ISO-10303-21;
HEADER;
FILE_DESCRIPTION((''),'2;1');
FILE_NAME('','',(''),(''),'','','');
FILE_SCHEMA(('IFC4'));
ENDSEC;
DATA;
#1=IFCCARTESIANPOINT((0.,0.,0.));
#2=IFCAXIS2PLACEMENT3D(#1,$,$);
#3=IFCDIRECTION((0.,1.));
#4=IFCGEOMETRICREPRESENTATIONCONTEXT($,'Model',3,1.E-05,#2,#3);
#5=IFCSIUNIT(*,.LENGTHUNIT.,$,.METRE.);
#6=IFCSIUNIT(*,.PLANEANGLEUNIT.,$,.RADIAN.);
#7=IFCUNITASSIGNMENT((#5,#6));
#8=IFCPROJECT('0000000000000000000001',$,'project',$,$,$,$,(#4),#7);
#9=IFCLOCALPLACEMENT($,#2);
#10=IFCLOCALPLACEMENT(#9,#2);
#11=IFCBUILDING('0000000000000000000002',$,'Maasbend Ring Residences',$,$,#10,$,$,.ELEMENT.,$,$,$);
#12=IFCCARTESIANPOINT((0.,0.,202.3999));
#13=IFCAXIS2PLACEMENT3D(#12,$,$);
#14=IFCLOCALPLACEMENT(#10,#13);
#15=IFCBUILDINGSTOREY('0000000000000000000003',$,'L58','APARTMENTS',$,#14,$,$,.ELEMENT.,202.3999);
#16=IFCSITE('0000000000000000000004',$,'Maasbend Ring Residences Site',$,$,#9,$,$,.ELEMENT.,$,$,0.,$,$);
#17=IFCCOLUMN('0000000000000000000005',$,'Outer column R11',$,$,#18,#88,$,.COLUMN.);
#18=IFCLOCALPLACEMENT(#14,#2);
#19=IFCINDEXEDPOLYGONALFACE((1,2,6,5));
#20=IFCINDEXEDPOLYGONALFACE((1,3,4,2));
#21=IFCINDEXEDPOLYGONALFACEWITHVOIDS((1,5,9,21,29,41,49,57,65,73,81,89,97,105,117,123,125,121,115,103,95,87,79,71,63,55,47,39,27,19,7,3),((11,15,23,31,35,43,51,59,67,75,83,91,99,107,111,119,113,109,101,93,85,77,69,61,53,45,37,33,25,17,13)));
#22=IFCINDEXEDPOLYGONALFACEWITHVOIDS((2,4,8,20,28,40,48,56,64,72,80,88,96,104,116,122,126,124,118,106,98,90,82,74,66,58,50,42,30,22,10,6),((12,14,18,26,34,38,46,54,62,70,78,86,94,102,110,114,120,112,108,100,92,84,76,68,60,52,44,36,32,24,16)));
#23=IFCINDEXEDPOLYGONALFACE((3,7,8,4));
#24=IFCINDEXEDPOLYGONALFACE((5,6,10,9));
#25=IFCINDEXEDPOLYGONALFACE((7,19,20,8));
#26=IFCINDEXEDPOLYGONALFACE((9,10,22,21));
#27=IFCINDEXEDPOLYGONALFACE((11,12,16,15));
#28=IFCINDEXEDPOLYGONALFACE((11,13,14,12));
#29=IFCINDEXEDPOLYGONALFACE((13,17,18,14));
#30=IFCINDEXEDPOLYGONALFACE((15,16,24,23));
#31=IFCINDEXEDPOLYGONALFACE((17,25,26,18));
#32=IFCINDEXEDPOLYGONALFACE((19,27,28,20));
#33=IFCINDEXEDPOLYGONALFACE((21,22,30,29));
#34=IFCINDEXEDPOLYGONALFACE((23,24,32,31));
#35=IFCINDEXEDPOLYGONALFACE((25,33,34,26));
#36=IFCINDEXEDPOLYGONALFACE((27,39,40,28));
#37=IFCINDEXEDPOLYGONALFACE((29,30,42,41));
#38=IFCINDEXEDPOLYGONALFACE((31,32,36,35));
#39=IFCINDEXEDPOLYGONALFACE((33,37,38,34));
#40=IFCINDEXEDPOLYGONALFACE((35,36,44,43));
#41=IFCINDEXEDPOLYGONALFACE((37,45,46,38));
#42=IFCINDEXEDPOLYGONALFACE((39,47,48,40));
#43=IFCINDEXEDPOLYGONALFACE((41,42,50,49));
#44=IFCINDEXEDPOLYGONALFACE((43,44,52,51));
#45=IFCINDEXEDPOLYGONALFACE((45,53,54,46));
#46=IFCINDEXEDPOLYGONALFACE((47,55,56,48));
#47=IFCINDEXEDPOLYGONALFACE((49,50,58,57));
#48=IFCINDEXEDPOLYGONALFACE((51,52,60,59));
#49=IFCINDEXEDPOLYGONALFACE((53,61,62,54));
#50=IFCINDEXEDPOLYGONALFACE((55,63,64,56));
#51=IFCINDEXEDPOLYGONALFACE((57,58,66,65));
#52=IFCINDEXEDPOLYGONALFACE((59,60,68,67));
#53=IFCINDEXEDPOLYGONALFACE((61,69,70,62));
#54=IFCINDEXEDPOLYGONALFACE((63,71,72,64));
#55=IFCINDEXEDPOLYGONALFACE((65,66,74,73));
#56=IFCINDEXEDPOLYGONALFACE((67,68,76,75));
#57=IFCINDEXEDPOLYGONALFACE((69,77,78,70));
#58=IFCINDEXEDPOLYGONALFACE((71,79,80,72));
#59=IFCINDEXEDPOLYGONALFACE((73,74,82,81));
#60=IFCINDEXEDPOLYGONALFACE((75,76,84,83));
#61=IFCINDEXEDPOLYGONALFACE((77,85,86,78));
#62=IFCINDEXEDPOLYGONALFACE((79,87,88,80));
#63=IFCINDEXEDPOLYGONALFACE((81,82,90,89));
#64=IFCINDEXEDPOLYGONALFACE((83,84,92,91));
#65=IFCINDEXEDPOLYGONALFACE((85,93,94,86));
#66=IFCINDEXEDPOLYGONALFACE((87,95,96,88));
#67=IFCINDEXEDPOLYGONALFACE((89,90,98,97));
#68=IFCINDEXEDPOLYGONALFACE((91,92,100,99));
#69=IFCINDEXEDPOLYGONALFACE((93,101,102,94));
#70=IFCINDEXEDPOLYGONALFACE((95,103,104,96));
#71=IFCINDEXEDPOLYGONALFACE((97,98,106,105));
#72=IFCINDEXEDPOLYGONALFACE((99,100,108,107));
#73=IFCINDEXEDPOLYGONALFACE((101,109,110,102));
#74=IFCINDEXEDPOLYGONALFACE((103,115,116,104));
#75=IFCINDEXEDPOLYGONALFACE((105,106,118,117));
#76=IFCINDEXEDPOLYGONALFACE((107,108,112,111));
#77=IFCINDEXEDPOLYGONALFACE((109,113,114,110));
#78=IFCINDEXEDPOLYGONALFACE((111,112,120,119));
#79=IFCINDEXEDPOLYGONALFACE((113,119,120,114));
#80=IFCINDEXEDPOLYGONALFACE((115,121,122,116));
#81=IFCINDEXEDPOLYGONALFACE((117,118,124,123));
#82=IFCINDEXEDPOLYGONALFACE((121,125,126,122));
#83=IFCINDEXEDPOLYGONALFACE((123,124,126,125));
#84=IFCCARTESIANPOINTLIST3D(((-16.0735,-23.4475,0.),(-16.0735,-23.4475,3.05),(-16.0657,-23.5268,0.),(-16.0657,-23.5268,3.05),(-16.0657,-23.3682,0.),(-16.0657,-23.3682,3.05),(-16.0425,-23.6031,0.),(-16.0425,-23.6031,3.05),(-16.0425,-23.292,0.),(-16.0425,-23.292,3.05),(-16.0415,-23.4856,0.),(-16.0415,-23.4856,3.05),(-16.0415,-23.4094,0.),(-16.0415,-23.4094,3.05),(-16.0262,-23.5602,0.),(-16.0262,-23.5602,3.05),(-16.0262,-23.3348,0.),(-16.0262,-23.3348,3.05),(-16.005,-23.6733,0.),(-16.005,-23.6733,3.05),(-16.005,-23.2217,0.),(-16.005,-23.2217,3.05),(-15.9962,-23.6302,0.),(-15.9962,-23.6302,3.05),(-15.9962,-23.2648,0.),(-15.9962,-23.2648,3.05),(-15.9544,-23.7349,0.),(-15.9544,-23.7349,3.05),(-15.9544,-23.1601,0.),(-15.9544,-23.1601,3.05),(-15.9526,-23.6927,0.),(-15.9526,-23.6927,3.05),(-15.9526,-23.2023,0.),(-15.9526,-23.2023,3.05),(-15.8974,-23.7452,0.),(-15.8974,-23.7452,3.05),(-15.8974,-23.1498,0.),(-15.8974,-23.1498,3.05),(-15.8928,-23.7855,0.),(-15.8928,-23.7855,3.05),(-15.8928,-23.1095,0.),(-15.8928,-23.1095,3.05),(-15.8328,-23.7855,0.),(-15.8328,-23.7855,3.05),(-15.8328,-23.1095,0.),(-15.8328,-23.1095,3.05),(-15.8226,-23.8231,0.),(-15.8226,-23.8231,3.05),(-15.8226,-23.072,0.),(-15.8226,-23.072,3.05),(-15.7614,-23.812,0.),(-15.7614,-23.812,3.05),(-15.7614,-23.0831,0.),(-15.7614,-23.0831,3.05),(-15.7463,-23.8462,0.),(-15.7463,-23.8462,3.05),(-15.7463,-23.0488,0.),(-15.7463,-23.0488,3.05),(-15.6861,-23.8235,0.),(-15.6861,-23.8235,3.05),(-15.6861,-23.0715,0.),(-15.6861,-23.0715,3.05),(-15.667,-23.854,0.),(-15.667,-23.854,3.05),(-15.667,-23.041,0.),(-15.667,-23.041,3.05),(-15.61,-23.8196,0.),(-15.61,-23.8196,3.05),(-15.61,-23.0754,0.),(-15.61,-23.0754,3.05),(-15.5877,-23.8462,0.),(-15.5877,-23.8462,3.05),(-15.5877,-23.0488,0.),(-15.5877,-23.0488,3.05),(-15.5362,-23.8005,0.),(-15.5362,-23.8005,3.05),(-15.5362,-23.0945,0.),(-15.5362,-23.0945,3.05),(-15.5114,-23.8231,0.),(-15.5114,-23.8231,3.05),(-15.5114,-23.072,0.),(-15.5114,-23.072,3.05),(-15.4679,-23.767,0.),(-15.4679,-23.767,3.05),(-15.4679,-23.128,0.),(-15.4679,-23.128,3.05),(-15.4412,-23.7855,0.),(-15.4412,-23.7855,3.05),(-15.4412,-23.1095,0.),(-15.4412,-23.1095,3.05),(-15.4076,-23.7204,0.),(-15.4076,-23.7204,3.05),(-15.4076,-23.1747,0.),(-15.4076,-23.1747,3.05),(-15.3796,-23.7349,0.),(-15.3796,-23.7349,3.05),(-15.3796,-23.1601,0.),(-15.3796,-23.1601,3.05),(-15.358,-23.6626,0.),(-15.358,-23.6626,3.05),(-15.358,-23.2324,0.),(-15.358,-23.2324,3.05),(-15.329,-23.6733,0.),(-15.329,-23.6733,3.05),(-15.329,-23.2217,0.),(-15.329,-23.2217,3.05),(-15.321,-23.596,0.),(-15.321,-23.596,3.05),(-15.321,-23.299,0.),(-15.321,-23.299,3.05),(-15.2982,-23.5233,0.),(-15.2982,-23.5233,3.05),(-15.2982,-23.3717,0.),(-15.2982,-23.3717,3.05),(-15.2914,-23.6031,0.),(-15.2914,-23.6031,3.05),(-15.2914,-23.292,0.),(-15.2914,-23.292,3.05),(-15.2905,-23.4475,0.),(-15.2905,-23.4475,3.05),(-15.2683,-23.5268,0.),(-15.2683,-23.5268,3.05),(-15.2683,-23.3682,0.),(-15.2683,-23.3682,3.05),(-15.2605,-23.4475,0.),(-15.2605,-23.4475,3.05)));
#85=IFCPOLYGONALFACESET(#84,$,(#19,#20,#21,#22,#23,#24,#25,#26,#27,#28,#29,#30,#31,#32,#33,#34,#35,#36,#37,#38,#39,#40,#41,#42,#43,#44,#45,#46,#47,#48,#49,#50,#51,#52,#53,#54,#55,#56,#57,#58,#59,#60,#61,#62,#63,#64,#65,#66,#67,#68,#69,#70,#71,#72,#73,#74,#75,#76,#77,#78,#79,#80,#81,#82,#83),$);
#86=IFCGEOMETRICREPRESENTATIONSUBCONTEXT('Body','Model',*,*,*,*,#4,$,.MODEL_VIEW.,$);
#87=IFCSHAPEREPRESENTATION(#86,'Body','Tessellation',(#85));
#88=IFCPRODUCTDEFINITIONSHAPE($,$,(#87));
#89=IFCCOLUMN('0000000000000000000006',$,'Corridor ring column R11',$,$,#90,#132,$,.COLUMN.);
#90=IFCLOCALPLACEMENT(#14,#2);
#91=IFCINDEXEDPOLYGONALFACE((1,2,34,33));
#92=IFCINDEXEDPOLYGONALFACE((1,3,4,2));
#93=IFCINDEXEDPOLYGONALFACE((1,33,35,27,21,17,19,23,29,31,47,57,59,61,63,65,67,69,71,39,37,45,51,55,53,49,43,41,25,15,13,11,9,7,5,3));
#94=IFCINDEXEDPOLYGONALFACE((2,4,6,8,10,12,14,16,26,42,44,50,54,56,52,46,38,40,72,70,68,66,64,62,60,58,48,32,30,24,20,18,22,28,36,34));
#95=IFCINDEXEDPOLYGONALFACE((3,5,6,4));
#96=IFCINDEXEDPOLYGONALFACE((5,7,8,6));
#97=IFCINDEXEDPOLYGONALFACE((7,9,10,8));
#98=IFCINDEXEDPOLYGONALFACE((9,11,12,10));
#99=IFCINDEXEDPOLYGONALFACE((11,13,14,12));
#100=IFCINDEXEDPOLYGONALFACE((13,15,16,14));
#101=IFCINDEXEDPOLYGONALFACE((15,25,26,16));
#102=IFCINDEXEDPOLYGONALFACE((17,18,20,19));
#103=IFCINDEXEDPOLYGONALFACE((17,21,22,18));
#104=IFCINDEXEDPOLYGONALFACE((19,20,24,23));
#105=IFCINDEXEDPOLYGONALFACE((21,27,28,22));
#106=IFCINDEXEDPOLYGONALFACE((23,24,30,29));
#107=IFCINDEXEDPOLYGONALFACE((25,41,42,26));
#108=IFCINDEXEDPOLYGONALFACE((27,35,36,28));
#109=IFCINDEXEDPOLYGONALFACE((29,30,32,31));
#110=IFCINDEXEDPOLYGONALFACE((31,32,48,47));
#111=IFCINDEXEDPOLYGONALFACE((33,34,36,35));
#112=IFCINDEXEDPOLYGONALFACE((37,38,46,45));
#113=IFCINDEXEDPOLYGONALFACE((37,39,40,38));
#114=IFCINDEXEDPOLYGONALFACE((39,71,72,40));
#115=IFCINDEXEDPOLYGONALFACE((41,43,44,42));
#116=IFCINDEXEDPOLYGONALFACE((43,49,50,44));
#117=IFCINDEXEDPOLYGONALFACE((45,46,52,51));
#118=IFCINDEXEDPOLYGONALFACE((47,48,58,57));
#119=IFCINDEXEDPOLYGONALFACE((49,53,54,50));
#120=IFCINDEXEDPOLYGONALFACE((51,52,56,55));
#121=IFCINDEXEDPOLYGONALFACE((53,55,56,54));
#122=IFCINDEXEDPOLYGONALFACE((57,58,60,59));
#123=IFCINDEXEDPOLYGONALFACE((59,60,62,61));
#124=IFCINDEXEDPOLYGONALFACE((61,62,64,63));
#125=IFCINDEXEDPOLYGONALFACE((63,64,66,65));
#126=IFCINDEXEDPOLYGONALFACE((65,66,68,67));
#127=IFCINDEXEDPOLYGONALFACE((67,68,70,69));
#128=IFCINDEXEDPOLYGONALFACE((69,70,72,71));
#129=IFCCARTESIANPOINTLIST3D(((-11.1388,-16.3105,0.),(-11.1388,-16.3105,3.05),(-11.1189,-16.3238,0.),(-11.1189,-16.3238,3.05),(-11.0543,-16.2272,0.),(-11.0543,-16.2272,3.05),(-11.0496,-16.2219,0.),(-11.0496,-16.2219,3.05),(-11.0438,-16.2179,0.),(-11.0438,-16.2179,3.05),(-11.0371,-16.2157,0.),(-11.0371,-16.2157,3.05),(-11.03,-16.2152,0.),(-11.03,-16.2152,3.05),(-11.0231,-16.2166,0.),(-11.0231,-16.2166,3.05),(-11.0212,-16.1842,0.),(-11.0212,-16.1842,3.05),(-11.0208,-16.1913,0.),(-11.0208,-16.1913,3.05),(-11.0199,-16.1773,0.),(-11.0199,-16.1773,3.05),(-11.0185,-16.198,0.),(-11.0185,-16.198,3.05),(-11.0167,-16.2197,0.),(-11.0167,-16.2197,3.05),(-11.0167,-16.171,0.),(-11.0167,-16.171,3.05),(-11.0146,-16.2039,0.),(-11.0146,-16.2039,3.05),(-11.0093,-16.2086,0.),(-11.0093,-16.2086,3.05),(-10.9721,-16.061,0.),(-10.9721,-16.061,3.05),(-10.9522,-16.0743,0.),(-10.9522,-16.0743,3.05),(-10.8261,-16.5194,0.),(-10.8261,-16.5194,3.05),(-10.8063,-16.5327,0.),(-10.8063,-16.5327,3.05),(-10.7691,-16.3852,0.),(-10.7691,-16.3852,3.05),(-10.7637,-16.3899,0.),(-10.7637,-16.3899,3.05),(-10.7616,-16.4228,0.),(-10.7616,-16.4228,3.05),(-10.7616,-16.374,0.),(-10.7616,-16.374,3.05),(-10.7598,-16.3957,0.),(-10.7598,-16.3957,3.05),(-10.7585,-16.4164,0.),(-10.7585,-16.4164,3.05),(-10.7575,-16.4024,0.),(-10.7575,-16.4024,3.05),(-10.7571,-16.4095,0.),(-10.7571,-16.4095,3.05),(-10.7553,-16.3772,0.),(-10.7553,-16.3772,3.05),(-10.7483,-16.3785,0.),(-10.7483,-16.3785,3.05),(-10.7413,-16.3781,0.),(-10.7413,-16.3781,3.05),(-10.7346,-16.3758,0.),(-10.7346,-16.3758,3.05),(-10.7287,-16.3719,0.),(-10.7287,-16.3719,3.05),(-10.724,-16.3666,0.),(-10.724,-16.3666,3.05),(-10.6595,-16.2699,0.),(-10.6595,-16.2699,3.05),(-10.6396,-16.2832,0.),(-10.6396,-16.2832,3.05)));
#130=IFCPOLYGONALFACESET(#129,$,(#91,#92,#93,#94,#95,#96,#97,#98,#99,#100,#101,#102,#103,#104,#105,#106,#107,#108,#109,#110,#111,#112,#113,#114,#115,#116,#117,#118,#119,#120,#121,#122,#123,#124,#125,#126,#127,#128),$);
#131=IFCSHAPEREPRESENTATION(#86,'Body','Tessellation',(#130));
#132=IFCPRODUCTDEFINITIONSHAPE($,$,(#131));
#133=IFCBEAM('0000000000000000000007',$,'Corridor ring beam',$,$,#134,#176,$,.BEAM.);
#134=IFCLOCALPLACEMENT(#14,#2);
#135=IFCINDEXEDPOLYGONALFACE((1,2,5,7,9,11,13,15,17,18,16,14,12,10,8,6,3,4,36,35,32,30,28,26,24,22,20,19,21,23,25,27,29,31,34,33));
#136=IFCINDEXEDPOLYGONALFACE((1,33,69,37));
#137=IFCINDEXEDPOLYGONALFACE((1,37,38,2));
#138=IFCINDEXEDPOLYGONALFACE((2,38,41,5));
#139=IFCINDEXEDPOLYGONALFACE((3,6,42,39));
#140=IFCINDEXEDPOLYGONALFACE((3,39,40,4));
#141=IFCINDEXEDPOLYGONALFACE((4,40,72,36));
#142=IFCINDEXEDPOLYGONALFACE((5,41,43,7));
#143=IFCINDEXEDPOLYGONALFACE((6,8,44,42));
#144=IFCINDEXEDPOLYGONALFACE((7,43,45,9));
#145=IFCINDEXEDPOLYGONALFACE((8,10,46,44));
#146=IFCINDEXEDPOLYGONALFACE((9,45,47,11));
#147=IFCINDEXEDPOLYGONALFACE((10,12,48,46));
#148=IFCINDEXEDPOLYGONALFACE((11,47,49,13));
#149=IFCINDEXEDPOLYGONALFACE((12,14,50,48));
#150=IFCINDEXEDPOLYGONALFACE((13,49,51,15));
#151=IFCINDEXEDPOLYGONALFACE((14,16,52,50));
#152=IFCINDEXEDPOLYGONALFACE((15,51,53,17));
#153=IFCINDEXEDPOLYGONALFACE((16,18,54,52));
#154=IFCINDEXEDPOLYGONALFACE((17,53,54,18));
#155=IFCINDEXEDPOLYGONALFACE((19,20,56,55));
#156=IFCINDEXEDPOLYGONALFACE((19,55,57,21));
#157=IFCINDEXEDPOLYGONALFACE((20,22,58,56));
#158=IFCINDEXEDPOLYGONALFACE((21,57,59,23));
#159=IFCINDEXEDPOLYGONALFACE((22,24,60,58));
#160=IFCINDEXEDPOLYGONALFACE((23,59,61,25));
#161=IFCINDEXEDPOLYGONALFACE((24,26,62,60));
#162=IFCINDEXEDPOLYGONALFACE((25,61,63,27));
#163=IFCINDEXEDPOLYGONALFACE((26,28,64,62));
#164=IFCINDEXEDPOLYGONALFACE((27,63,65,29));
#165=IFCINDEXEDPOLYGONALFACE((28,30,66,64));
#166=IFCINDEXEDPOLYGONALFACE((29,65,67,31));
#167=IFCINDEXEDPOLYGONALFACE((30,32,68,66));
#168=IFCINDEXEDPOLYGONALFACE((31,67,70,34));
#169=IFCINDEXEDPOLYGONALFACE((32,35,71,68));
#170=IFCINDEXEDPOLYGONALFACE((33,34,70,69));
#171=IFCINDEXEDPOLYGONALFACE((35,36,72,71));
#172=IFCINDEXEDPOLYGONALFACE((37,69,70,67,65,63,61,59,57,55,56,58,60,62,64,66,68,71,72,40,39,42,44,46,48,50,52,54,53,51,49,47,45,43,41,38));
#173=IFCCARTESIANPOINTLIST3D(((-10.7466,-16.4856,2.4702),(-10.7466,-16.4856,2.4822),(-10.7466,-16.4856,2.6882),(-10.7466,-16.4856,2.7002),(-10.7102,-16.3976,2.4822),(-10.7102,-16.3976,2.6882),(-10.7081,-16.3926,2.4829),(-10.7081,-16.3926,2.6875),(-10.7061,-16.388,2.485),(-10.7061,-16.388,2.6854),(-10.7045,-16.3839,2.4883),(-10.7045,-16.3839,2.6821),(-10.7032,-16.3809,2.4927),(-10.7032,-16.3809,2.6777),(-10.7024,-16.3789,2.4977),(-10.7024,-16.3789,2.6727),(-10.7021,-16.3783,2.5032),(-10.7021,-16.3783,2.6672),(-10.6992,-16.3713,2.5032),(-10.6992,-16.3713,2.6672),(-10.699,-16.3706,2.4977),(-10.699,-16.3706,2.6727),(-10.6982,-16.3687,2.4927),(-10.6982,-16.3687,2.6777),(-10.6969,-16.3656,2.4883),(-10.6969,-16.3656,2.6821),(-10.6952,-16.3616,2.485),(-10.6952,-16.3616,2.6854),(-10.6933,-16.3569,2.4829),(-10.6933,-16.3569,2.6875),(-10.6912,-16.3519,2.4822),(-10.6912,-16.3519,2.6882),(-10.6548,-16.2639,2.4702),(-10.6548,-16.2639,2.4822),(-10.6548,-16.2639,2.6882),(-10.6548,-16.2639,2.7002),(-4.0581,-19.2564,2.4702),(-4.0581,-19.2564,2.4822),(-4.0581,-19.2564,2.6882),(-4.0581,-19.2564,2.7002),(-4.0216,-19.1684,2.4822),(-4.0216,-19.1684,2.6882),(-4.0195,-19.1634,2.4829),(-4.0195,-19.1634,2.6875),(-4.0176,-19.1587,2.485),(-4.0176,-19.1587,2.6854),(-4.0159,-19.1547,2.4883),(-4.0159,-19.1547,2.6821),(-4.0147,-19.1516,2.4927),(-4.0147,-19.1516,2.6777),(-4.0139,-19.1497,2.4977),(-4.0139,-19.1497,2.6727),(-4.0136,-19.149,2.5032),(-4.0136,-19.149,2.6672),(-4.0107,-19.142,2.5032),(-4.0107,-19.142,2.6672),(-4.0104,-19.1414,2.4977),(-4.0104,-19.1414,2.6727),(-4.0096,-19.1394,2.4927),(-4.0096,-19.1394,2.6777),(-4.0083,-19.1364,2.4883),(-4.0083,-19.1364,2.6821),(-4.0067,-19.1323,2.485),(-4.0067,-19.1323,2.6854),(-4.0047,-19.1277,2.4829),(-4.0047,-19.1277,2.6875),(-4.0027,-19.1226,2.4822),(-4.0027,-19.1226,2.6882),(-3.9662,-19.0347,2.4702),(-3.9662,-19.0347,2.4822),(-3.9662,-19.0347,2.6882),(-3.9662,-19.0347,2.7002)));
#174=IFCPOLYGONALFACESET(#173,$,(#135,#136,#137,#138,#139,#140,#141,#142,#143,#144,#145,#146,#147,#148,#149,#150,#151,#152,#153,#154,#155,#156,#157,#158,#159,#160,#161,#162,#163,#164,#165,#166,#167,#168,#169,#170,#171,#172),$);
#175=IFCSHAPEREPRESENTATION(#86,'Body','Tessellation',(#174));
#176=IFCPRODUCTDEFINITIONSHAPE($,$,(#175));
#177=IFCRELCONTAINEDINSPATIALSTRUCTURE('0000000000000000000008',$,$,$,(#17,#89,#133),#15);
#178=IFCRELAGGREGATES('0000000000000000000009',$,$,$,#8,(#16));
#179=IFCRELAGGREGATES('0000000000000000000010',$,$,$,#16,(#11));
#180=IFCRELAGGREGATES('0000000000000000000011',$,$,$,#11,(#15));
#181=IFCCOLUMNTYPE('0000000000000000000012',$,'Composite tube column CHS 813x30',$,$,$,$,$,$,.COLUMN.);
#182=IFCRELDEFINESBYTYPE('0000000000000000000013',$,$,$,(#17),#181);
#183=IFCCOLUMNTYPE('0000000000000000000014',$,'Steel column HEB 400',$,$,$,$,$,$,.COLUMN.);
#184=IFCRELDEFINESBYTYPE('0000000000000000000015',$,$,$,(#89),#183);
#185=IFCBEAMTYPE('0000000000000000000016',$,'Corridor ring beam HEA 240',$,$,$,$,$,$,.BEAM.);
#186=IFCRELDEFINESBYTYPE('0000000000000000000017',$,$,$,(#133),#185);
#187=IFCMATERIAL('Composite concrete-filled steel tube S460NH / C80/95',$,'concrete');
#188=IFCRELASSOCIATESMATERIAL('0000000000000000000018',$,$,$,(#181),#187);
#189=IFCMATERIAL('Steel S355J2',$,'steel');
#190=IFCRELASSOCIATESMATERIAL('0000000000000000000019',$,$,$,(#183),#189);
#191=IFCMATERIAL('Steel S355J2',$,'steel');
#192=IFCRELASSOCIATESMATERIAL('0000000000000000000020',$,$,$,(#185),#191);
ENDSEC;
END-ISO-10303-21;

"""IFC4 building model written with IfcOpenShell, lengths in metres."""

from ifc_helpers import new_model, si_unit, direction, frame, origin, origin_2d, place, context, subcontext, project, spatial, hollow_circle, i_section, extrude, material, material_profile, profile_set, type_object, element, save


model = new_model("IFC4")

# Units and contexts
model_context = context("Model", 3, precision=1e-05, world=origin(), true_north=direction((0.0, 1.0)))
body_context = subcontext(model_context, "Body", "Model", "MODEL_VIEW")
ifc_project = project(units=[si_unit("LENGTHUNIT", "METRE"), si_unit("PLANEANGLEUNIT", "RADIAN")], contexts=[model_context])

# Site, building, storey
site_placement = place(None, origin())
site = spatial("IfcSite", under=ifc_project, at=site_placement, Name="Maasbend Ring Residences Site", CompositionType="ELEMENT", RefElevation=0.0)
building_placement = place(site_placement, origin())
building = spatial("IfcBuilding", under=site, at=building_placement, Name="Maasbend Ring Residences", CompositionType="ELEMENT")
storey_placement = place(building_placement, frame((0.0, 0.0, 202.3999)))
storey = spatial("IfcBuildingStorey", under=building, at=storey_placement, Name="L58", Description="APARTMENTS", CompositionType="ELEMENT", Elevation=202.3999)

# Columns
ifc_material_1 = material(Name="Composite concrete-filled steel tube S460NH / C80/95", Category="concrete")
ifc_material_profile_1 = material_profile(ifc_material_1, hollow_circle(Radius=0.4065, WallThickness=0.03, at=origin_2d()), Name="Composite tube column CHS 813x30")
ifc_profile_set_1 = profile_set([ifc_material_profile_1], Name="Composite concrete-filled steel tube S460NH / C80/95")
column_type_1 = type_object("IfcColumnType", Name="Composite tube column CHS 813x30", PredefinedType="COLUMN", material=ifc_profile_set_1)
column_1_placement = place(storey_placement, frame((-15.667, -23.4475, 0.0), z_axis=(0.0, 0.0, 1.0), x_axis=(1.0, 0.0, 0.0)))
element("IfcColumn", 1, at=column_1_placement, inside=storey, type_object=column_type_1, Name="Outer column R11", PredefinedType="COLUMN", context=body_context, shape_type="SweptSolid", body=[
    extrude(hollow_circle(Radius=0.4065, WallThickness=0.03, at=origin_2d()), origin(), (0.0, 0.0, 1.0), 3.05),
])
ifc_material_2 = material(Name="Steel S355J2", Category="steel")
ifc_material_profile_2 = material_profile(ifc_material_2, i_section(OverallWidth=0.3, OverallDepth=0.3999, WebThickness=0.0134, FlangeThickness=0.0239, FilletRadius=0.0271, at=origin_2d()), Name="HEB 400")
ifc_profile_set_2 = profile_set([ifc_material_profile_2], Name="Steel S355J2")
column_type_2 = type_object("IfcColumnType", Name="Steel column HEB 400", PredefinedType="COLUMN", material=ifc_profile_set_2)
column_2_placement = place(storey_placement, frame((-10.8892, -16.2969, 0.0), z_axis=(0.0, 0.0, 1.0), x_axis=(-0.55557, -0.83147, 0.0)))
element("IfcColumn", 2, at=column_2_placement, inside=storey, type_object=column_type_2, Name="Corridor ring column R11", PredefinedType="COLUMN", context=body_context, shape_type="SweptSolid", body=[
    extrude(i_section(OverallWidth=0.3, OverallDepth=0.3999, WebThickness=0.0134, FlangeThickness=0.0239, FilletRadius=0.0271, at=origin_2d()), origin(), (0.0, 0.0, 1.0), 3.05),
])

# Beam
ifc_material_3 = material(Name="Steel S355J2", Category="steel")
ifc_material_profile_3 = material_profile(ifc_material_3, i_section(OverallWidth=0.24, OverallDepth=0.23, WebThickness=0.0076, FlangeThickness=0.012, FilletRadius=0.021, at=origin_2d()), Name="HEA 240")
ifc_profile_set_3 = profile_set([ifc_material_profile_3], Name="Steel S355J2")
beam_type_1 = type_object("IfcBeamType", Name="Corridor ring beam HEA 240", PredefinedType="BEAM", material=ifc_profile_set_3)
beam_1_placement = place(storey_placement, frame((-10.7007, -16.3748, 2.5852), z_axis=(0.923865, -0.382718, 0.0), x_axis=(0.382718, 0.923865, 0.0)))
element("IfcBeam", 3, at=beam_1_placement, inside=storey, type_object=beam_type_1, Name="Corridor ring beam", PredefinedType="BEAM", context=body_context, shape_type="SweptSolid", body=[
    extrude(i_section(OverallWidth=0.24, OverallDepth=0.23, WebThickness=0.0076, FlangeThickness=0.012, FilletRadius=0.021, at=origin_2d()), origin(), (0.0, 0.0, 1.0), 7.2397),
])

save(model, "model.ifc")
